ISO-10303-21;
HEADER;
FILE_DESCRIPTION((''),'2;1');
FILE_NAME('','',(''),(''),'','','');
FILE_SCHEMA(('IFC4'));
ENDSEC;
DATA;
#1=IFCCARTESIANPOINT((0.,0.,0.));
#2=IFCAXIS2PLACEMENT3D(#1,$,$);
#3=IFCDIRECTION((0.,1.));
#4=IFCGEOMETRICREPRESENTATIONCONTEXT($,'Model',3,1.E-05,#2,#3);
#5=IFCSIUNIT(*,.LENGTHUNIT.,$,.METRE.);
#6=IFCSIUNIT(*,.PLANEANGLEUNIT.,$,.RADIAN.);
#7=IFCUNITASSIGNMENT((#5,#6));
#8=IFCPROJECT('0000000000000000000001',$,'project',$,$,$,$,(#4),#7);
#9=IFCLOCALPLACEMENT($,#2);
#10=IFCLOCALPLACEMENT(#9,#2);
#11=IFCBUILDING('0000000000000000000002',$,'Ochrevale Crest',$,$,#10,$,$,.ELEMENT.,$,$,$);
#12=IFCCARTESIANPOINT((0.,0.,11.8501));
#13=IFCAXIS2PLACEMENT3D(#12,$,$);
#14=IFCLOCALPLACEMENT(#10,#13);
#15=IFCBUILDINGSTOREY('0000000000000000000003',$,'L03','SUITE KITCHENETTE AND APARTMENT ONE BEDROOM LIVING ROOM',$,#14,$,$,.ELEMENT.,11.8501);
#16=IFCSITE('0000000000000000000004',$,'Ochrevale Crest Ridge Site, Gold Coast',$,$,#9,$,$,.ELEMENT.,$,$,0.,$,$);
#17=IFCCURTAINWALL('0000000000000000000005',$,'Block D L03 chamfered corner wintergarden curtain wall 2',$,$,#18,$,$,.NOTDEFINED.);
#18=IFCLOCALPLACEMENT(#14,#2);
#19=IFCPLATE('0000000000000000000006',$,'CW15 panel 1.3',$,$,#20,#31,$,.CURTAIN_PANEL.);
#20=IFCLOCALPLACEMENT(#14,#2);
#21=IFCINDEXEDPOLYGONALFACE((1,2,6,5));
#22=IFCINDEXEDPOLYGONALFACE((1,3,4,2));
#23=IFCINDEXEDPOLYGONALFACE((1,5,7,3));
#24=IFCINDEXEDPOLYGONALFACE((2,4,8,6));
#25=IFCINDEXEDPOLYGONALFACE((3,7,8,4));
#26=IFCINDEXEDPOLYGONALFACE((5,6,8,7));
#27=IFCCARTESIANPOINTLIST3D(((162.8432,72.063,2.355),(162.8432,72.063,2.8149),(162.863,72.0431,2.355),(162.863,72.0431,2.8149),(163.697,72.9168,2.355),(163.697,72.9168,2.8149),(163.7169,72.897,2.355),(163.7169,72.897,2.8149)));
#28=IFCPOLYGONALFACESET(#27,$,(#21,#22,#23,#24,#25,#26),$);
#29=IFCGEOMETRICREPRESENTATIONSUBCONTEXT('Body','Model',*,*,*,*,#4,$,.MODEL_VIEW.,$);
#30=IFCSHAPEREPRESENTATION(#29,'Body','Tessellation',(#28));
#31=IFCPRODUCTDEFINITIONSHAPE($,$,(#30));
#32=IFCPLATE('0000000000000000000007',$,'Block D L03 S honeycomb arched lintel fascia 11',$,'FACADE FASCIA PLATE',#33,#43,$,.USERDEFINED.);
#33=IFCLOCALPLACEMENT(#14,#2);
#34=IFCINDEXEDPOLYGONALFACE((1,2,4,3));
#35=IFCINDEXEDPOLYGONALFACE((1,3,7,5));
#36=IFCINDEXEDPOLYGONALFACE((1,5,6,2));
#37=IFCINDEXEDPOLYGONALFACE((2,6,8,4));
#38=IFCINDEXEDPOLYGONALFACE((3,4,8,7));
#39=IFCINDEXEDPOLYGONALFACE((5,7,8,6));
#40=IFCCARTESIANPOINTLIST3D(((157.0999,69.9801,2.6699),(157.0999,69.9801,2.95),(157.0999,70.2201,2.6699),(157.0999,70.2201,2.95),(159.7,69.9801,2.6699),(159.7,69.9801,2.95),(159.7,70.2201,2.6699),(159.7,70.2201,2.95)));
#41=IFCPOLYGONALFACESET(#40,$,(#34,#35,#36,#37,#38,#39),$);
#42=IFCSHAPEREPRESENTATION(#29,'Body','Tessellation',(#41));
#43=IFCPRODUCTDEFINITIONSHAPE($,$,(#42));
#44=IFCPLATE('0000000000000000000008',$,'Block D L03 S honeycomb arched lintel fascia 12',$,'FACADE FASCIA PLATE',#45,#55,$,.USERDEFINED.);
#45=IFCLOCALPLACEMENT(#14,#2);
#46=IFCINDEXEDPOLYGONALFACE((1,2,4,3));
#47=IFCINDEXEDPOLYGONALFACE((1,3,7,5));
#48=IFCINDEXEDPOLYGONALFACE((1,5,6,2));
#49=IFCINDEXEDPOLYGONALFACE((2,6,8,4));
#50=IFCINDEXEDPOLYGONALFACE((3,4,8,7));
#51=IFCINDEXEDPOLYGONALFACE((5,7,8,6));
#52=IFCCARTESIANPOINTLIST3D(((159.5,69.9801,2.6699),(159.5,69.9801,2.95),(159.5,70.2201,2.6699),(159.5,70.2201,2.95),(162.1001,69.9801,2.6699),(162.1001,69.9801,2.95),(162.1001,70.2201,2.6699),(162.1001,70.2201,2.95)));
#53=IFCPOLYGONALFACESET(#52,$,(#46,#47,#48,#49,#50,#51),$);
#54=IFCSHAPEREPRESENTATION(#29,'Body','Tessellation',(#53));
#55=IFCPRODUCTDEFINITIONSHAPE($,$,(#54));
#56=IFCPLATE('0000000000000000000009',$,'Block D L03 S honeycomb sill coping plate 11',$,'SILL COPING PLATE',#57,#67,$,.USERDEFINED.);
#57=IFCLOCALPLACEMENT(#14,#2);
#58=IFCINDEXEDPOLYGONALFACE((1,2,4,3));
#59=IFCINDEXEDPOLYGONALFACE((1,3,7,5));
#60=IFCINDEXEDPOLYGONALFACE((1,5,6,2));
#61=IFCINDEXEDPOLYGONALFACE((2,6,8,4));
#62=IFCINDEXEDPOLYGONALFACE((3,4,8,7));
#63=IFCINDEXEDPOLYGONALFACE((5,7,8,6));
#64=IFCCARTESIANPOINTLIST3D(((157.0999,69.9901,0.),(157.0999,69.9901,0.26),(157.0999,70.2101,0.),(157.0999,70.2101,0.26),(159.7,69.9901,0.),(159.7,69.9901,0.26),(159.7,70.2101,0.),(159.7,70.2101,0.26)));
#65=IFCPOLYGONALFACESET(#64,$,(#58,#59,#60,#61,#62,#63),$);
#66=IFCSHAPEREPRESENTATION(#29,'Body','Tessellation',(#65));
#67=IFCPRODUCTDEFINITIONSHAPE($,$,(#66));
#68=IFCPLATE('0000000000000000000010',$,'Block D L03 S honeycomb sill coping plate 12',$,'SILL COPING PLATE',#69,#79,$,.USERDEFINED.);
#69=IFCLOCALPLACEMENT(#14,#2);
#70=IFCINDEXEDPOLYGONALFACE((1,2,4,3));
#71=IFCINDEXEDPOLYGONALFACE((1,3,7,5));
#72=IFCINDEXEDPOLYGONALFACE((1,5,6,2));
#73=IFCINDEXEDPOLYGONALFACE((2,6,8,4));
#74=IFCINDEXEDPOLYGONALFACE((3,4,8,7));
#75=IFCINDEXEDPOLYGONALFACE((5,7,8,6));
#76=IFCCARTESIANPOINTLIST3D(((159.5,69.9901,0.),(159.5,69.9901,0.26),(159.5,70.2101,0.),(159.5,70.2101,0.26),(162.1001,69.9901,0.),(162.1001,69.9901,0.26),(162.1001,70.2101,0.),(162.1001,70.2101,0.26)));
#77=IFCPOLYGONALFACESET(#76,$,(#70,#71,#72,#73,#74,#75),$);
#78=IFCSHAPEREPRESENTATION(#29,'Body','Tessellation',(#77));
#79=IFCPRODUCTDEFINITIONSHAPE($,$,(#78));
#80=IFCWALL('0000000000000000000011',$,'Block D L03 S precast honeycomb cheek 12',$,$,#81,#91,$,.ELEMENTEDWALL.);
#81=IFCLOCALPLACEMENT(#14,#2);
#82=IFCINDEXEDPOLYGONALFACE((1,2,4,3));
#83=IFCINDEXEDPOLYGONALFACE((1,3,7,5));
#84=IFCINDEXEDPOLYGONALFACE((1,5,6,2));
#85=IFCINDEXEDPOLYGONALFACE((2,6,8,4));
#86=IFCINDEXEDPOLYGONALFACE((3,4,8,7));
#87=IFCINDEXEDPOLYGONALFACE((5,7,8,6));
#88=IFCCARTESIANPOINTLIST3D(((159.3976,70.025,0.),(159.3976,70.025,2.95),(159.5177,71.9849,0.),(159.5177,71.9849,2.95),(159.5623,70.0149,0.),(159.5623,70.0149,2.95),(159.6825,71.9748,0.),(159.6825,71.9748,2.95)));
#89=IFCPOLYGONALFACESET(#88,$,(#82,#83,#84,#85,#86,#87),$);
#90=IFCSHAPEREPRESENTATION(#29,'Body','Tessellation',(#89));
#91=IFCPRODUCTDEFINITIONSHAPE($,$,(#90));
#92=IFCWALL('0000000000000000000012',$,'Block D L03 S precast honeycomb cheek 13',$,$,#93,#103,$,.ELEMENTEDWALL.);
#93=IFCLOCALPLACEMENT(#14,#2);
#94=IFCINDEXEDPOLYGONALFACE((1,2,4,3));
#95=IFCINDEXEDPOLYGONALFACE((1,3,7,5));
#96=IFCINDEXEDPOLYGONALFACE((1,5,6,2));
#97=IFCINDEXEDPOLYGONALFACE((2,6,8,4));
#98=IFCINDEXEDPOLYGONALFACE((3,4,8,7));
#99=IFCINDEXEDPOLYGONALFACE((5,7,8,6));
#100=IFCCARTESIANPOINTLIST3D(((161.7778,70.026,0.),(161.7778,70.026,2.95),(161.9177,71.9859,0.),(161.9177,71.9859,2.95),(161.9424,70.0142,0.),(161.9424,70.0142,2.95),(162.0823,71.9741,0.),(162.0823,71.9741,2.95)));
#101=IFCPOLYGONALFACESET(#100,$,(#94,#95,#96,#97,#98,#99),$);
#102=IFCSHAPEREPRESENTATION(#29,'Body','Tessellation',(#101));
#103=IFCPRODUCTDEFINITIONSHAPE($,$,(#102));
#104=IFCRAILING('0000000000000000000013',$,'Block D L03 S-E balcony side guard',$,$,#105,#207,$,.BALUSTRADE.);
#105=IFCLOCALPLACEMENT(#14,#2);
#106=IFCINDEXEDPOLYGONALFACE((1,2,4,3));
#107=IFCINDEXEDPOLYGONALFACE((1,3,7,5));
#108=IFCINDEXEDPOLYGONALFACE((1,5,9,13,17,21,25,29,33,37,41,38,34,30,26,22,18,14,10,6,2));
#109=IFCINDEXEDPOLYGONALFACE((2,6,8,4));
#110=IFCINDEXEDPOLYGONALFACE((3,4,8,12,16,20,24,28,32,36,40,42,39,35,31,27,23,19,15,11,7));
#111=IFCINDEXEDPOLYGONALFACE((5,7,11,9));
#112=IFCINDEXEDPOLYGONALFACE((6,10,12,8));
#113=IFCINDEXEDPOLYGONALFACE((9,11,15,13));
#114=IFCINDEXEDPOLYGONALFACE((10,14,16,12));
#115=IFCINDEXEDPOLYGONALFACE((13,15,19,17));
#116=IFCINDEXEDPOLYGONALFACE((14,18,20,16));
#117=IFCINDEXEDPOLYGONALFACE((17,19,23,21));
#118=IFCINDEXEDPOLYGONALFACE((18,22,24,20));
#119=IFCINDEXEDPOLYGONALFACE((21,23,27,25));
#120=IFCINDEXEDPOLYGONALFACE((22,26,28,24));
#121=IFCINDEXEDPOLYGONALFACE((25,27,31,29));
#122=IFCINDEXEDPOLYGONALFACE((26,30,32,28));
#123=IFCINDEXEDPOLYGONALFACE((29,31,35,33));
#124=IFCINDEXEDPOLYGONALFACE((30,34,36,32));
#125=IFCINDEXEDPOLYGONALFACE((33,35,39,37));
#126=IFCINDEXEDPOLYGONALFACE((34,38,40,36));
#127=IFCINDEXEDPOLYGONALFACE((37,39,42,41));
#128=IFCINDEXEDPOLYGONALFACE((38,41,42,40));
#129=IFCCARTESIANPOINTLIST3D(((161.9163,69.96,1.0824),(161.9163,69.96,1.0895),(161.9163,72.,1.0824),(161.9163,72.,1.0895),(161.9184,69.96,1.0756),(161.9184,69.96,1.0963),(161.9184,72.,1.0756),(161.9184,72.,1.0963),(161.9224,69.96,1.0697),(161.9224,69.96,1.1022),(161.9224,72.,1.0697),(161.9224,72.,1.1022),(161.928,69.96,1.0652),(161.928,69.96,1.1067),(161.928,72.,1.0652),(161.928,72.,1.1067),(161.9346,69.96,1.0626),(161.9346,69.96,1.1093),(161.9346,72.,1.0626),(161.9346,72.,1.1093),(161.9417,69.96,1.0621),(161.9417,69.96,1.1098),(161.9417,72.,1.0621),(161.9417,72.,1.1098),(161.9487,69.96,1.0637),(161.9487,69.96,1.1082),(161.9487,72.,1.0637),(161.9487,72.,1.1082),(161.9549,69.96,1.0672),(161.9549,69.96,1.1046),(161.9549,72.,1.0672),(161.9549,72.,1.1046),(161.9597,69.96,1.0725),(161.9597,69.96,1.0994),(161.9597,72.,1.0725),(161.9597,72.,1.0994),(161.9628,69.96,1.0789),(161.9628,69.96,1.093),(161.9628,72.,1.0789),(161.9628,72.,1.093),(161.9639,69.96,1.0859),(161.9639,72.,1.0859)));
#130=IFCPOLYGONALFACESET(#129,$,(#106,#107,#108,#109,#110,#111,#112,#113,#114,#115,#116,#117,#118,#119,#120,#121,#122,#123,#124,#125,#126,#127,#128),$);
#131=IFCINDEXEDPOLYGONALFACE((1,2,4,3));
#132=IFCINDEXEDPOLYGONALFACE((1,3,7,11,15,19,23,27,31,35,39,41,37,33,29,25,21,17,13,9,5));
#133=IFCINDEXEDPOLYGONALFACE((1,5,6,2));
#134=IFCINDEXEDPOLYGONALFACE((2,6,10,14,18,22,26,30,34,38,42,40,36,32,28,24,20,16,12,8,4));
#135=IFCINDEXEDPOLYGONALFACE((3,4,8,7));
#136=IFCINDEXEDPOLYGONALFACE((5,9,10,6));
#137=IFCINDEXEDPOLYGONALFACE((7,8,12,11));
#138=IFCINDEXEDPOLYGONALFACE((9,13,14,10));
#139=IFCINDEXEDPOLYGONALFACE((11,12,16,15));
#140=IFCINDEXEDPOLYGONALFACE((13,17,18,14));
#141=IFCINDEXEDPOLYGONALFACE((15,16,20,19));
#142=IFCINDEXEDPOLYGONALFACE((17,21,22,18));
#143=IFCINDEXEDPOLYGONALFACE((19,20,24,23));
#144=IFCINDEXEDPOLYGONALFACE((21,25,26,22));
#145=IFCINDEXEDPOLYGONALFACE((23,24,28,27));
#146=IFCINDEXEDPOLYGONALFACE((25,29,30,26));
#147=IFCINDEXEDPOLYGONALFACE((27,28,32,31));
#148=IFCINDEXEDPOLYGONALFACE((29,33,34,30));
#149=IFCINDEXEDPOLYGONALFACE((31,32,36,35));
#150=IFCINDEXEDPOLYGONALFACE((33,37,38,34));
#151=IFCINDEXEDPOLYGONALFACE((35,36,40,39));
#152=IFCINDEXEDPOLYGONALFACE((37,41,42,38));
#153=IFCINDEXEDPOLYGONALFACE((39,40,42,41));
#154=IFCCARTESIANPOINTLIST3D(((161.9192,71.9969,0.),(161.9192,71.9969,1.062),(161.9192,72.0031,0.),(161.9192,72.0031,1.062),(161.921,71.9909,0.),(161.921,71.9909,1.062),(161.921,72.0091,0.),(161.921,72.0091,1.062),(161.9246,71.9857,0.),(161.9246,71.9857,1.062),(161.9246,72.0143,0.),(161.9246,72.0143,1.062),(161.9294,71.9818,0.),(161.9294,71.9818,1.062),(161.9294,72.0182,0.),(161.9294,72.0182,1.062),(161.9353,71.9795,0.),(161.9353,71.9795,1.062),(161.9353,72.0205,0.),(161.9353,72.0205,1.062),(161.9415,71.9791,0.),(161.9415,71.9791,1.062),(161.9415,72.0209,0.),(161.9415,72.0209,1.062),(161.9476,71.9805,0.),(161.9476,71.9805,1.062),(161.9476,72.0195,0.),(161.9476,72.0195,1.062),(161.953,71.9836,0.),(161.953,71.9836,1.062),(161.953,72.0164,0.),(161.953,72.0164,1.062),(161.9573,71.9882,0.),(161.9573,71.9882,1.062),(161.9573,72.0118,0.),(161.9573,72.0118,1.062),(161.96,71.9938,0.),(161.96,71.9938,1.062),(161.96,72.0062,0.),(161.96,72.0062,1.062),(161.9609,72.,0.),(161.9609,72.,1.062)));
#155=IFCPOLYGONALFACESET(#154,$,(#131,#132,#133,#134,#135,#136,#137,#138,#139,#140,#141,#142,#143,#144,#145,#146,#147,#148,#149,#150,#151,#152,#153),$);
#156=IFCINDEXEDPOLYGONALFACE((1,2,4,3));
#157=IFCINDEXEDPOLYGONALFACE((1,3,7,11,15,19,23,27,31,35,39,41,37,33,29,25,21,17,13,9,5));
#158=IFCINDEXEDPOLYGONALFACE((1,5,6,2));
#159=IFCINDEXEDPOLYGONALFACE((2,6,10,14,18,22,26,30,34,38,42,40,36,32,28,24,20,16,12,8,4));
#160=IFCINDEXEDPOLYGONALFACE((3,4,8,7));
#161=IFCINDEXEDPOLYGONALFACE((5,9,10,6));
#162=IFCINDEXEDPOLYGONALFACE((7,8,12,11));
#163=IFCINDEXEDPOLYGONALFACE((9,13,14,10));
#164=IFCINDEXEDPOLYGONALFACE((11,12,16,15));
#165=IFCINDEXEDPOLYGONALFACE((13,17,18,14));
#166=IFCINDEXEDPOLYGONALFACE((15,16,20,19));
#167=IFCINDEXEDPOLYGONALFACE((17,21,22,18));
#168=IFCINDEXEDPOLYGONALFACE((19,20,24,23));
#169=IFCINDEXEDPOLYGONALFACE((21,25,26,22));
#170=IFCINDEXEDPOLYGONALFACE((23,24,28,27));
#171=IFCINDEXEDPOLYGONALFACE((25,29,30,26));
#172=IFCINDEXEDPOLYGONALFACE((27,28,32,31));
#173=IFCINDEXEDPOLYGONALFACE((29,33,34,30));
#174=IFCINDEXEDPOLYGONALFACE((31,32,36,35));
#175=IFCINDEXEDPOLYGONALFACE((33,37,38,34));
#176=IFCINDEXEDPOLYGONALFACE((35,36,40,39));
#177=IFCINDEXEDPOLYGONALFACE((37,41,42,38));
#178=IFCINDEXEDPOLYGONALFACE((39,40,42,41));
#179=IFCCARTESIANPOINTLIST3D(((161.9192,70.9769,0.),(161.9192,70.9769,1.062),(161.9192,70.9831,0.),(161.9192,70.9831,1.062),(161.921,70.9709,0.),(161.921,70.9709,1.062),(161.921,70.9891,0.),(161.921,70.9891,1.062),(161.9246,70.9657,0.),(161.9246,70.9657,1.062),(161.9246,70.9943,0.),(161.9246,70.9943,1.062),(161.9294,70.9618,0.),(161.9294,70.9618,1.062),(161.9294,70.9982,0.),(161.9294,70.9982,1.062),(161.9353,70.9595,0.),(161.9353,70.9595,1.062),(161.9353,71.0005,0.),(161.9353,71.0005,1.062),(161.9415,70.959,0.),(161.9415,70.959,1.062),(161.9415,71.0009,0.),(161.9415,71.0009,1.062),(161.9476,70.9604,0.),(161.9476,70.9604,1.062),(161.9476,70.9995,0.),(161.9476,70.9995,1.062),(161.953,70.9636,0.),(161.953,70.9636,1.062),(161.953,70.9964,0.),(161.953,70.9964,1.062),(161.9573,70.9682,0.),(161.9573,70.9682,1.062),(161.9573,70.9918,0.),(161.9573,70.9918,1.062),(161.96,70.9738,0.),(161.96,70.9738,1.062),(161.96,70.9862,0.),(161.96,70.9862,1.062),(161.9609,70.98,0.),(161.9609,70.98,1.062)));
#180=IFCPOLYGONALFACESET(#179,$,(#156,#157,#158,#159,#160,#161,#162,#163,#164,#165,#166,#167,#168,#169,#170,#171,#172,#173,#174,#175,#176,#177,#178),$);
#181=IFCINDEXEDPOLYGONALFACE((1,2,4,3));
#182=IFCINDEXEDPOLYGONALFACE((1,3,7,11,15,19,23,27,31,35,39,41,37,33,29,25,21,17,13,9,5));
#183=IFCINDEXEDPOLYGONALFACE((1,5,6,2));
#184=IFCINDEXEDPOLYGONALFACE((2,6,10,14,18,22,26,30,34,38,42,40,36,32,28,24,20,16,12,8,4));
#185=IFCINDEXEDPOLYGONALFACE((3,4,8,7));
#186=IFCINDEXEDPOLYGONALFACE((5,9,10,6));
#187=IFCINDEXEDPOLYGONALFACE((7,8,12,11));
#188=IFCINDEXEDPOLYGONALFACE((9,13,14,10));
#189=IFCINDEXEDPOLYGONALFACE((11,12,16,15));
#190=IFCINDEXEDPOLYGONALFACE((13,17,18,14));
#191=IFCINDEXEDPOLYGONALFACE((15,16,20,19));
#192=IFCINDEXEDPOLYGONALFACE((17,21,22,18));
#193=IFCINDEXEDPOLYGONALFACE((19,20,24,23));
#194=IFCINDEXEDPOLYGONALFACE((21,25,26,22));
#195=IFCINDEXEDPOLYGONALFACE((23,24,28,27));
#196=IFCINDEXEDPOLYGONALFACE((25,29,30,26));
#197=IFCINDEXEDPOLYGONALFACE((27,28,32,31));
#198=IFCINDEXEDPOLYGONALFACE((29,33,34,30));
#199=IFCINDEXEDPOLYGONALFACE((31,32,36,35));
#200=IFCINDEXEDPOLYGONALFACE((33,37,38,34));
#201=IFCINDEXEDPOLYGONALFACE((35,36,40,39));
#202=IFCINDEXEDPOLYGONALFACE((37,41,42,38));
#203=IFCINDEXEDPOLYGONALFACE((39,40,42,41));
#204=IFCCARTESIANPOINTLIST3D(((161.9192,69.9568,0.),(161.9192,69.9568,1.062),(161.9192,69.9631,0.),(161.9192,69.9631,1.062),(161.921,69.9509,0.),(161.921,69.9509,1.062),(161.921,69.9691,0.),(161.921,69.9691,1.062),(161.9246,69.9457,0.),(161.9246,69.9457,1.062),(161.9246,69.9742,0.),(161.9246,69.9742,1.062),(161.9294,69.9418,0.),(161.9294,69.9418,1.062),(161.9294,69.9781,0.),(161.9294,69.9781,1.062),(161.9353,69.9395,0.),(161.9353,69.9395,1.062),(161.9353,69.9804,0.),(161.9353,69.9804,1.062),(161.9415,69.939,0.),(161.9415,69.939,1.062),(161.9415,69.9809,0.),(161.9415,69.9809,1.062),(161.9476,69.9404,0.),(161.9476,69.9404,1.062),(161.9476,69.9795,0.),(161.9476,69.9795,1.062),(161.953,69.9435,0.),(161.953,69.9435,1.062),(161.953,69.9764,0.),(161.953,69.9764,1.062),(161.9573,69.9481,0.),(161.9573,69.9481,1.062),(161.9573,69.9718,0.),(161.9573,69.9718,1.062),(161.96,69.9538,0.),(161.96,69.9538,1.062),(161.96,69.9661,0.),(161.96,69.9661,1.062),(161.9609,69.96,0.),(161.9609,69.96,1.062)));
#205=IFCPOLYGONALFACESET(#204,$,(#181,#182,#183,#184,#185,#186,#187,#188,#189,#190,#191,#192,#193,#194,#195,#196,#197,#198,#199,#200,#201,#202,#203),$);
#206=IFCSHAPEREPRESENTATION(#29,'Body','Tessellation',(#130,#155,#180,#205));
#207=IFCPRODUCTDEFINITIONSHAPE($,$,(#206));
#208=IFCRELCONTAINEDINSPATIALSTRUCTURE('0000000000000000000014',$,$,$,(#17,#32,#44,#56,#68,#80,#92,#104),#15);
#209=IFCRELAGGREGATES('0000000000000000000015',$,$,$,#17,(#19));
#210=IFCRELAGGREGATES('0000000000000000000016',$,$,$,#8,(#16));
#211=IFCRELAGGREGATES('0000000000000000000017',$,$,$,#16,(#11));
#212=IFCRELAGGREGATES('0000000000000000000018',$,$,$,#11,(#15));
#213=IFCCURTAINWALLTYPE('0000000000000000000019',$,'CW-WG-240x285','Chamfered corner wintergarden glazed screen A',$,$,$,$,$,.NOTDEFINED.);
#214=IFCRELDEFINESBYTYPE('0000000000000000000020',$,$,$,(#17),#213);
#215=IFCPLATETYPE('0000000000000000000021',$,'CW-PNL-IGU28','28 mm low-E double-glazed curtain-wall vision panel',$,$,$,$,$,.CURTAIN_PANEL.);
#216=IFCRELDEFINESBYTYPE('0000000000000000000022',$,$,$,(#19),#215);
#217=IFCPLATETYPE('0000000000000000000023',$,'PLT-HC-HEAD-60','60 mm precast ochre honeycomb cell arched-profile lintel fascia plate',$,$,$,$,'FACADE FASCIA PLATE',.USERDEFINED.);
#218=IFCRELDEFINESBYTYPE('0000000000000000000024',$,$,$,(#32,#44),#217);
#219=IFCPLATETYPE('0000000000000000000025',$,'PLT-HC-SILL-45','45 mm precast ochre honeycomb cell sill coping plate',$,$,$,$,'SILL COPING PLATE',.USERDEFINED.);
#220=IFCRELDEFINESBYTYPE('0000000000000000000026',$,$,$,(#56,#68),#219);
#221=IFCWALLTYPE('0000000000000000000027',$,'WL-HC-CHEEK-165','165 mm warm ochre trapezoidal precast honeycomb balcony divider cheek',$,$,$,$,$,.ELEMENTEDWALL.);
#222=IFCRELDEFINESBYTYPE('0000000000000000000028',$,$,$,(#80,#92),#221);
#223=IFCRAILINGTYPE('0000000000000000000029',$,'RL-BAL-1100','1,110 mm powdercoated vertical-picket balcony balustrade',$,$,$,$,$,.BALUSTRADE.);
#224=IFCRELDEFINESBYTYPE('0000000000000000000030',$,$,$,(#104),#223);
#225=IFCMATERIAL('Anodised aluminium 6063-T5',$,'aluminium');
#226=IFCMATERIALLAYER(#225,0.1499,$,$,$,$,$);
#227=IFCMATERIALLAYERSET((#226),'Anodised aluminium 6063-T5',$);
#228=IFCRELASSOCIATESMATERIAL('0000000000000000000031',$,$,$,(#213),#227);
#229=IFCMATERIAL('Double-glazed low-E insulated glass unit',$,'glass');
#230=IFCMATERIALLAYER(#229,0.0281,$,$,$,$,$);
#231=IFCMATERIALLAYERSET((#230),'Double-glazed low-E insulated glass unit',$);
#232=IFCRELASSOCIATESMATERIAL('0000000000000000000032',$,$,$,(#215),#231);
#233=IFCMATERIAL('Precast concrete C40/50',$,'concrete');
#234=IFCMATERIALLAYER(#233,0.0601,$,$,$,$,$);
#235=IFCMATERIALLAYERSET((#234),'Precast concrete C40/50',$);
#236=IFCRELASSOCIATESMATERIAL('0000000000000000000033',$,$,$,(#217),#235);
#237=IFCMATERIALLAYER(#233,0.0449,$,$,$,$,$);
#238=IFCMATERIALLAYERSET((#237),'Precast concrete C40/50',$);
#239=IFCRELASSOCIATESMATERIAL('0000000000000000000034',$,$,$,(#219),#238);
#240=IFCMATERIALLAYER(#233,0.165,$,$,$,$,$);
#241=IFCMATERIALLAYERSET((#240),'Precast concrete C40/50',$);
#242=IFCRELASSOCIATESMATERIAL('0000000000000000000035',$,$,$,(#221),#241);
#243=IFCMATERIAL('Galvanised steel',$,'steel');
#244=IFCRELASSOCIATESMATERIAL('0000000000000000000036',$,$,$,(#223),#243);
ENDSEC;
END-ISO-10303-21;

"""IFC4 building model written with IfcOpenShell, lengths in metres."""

from ifc_helpers import new_model, si_unit, direction, frame, frame_2d, origin, origin_2d, place, context, subcontext, project, spatial, rectangle, circle, extrude, material, layer, layer_set, type_object, element, aggregate, save


model = new_model("IFC4")

# Units and contexts
model_context = context("Model", 3, precision=1e-05, world=origin(), true_north=direction((0.0, 1.0)))
body_context = subcontext(model_context, "Body", "Model", "MODEL_VIEW")
ifc_project = project(units=[si_unit("LENGTHUNIT", "METRE"), si_unit("PLANEANGLEUNIT", "RADIAN")], contexts=[model_context])

# Site, building, storey
site_placement = place(None, origin())
site = spatial("IfcSite", under=ifc_project, at=site_placement, Name="Ochrevale Crest Ridge Site, Gold Coast", CompositionType="ELEMENT", RefElevation=0.0)
building_placement = place(site_placement, origin())
building = spatial("IfcBuilding", under=site, at=building_placement, Name="Ochrevale Crest", CompositionType="ELEMENT")
storey_placement = place(building_placement, frame((0.0, 0.0, 11.8501)))
storey = spatial("IfcBuildingStorey", under=building, at=storey_placement, Name="L03", Description="SUITE KITCHENETTE AND APARTMENT ONE BEDROOM LIVING ROOM", CompositionType="ELEMENT", Elevation=11.8501)

# Curtain wall, plate
ifc_material_1 = material(Name="Anodised aluminium 6063-T5", Category="aluminium")
ifc_layer_1 = layer(ifc_material_1, 0.1499)
ifc_layer_set_1 = layer_set([ifc_layer_1], Name="Anodised aluminium 6063-T5")
curtain_wall_type = type_object("IfcCurtainWallType", Name="CW-WG-240x285", Description="Chamfered corner wintergarden glazed screen A", PredefinedType="NOTDEFINED", material=ifc_layer_set_1)
curtain_wall_placement = place(storey_placement, origin())
curtain_wall = element("IfcCurtainWall", 1, at=curtain_wall_placement, inside=storey, type_object=curtain_wall_type, Name="Block D L03 chamfered corner wintergarden curtain wall 2", PredefinedType="NOTDEFINED")
ifc_material_2 = material(Name="Double-glazed low-E insulated glass unit", Category="glass")
ifc_layer_2 = layer(ifc_material_2, 0.0281)
ifc_layer_set_2 = layer_set([ifc_layer_2], Name="Double-glazed low-E insulated glass unit")
plate_type_1 = type_object("IfcPlateType", Name="CW-PNL-IGU28", Description="28 mm low-E double-glazed curtain-wall vision panel", PredefinedType="CURTAIN_PANEL", material=ifc_layer_set_2)
plate_1_placement = place(storey_placement, frame((163.28, 72.48, 2.355), z_axis=(0.0, 0.0, 1.0), x_axis=(0.707107, 0.707107, 0.0)))
plate_1 = element("IfcPlate", 2, at=plate_1_placement, type_object=plate_type_1, Name="CW15 panel 1.3", PredefinedType="CURTAIN_PANEL", context=body_context, shape_type="SweptSolid", body=[
    extrude(rectangle(XDim=1.2075, YDim=0.0281, at=origin_2d()), origin(), (0.0, 0.0, 1.0), 0.46),
])
aggregate(curtain_wall, [plate_1])

# Plates
ifc_material_3 = material(Name="Precast concrete C40/50", Category="concrete")
ifc_layer_3 = layer(ifc_material_3, 0.0601)
ifc_layer_set_3 = layer_set([ifc_layer_3], Name="Precast concrete C40/50")
plate_type_2 = type_object("IfcPlateType", Name="PLT-HC-HEAD-60", Description="60 mm precast ochre honeycomb cell arched-profile lintel fascia plate", ElementType="FACADE FASCIA PLATE", PredefinedType="USERDEFINED", material=ifc_layer_set_3)
for number, where, z_axis, x_axis, name in (
    (3, (158.3999, 70.1001, 2.6699), (0.0, 0.0, 1.0), (1.0, 0.0, 0.0), "Block D L03 S honeycomb arched lintel fascia 11"),
    (4, (160.8, 70.1001, 2.6699), (0.0, 0.0, 1.0), (1.0, 0.0, 0.0), "Block D L03 S honeycomb arched lintel fascia 12"),
):
    element("IfcPlate", number, at=place(storey_placement, frame(where, z_axis=z_axis, x_axis=x_axis)), inside=storey, type_object=plate_type_2, Name=name, ObjectType="FACADE FASCIA PLATE", PredefinedType="USERDEFINED", context=body_context, shape_type="SweptSolid", body=[
        extrude(rectangle(XDim=2.6001, YDim=0.24, at=origin_2d()), origin(), (0.0, 0.0, 1.0), 0.28),
    ])
ifc_layer_4 = layer(ifc_material_3, 0.0449)
ifc_layer_set_4 = layer_set([ifc_layer_4], Name="Precast concrete C40/50")
plate_type_3 = type_object("IfcPlateType", Name="PLT-HC-SILL-45", Description="45 mm precast ochre honeycomb cell sill coping plate", ElementType="SILL COPING PLATE", PredefinedType="USERDEFINED", material=ifc_layer_set_4)
for number, where, z_axis, x_axis, name in (
    (5, (158.3999, 70.1001, 0.0), (0.0, 0.0, 1.0), (1.0, 0.0, 0.0), "Block D L03 S honeycomb sill coping plate 11"),
    (6, (160.8, 70.1001, 0.0), (0.0, 0.0, 1.0), (1.0, 0.0, 0.0), "Block D L03 S honeycomb sill coping plate 12"),
):
    element("IfcPlate", number, at=place(storey_placement, frame(where, z_axis=z_axis, x_axis=x_axis)), inside=storey, type_object=plate_type_3, Name=name, ObjectType="SILL COPING PLATE", PredefinedType="USERDEFINED", context=body_context, shape_type="SweptSolid", body=[
        extrude(rectangle(XDim=2.6001, YDim=0.22, at=origin_2d()), origin(), (0.0, 0.0, 1.0), 0.26),
    ])

# Walls
ifc_layer_5 = layer(ifc_material_3, 0.165)
ifc_layer_set_5 = layer_set([ifc_layer_5], Name="Precast concrete C40/50")
wall_type = type_object("IfcWallType", Name="WL-HC-CHEEK-165", Description="165 mm warm ochre trapezoidal precast honeycomb balcony divider cheek", PredefinedType="ELEMENTEDWALL", material=ifc_layer_set_5)
wall_1_placement = place(storey_placement, frame((159.6001, 71.98, 0.0), z_axis=(0.0, 0.0, 1.0), x_axis=(-0.061171, -0.998127, 0.0)))
element("IfcWall", 7, at=wall_1_placement, inside=storey, type_object=wall_type, Name="Block D L03 S precast honeycomb cheek 12", PredefinedType="ELEMENTEDWALL", context=body_context, shape_type="SweptSolid", body=[
    extrude(rectangle(XDim=1.9636, YDim=0.165, at=frame_2d((0.9819, 0.0))), origin(), (0.0, 0.0, 1.0), 2.95),
])
wall_2_placement = place(storey_placement, frame((162.0, 71.98, 0.0), z_axis=(0.0, 0.0, 1.0), x_axis=(-0.071194, -0.997462, 0.0)))
element("IfcWall", 8, at=wall_2_placement, inside=storey, type_object=wall_type, Name="Block D L03 S precast honeycomb cheek 13", PredefinedType="ELEMENTEDWALL", context=body_context, shape_type="SweptSolid", body=[
    extrude(rectangle(XDim=1.9648, YDim=0.165, at=frame_2d((0.9824, 0.0))), origin(), (0.0, 0.0, 1.0), 2.95),
])

# Railing
ifc_material_4 = material(Name="Galvanised steel", Category="steel")
railing_type = type_object("IfcRailingType", Name="RL-BAL-1100", Description="1,110 mm powdercoated vertical-picket balcony balustrade", PredefinedType="BALUSTRADE", material=ifc_material_4)
railing_placement = place(storey_placement, frame((161.9399, 72.0, 0.0)))
element("IfcRailing", 9, at=railing_placement, inside=storey, type_object=railing_type, Name="Block D L03 S-E balcony side guard", PredefinedType="BALUSTRADE", context=body_context, shape_type="SweptSolid", body=[
    extrude(circle(Radius=0.0239, at=origin_2d()), frame((0.0, 0.0, 1.0859), z_axis=(0.0, -1.0, 0.0), x_axis=(1.0, 0.0, 0.0)), (0.0, 0.0, 1.0), 2.04),
    extrude(circle(Radius=0.021, at=origin_2d()), origin(), (0.0, 0.0, 1.0), 1.062),
    extrude(circle(Radius=0.021, at=origin_2d()), frame((0.0, -1.02, 0.0)), (0.0, 0.0, 1.0), 1.062),
    extrude(circle(Radius=0.021, at=origin_2d()), frame((0.0, -2.04, 0.0)), (0.0, 0.0, 1.0), 1.062),
])

save(model, "model.ifc")
